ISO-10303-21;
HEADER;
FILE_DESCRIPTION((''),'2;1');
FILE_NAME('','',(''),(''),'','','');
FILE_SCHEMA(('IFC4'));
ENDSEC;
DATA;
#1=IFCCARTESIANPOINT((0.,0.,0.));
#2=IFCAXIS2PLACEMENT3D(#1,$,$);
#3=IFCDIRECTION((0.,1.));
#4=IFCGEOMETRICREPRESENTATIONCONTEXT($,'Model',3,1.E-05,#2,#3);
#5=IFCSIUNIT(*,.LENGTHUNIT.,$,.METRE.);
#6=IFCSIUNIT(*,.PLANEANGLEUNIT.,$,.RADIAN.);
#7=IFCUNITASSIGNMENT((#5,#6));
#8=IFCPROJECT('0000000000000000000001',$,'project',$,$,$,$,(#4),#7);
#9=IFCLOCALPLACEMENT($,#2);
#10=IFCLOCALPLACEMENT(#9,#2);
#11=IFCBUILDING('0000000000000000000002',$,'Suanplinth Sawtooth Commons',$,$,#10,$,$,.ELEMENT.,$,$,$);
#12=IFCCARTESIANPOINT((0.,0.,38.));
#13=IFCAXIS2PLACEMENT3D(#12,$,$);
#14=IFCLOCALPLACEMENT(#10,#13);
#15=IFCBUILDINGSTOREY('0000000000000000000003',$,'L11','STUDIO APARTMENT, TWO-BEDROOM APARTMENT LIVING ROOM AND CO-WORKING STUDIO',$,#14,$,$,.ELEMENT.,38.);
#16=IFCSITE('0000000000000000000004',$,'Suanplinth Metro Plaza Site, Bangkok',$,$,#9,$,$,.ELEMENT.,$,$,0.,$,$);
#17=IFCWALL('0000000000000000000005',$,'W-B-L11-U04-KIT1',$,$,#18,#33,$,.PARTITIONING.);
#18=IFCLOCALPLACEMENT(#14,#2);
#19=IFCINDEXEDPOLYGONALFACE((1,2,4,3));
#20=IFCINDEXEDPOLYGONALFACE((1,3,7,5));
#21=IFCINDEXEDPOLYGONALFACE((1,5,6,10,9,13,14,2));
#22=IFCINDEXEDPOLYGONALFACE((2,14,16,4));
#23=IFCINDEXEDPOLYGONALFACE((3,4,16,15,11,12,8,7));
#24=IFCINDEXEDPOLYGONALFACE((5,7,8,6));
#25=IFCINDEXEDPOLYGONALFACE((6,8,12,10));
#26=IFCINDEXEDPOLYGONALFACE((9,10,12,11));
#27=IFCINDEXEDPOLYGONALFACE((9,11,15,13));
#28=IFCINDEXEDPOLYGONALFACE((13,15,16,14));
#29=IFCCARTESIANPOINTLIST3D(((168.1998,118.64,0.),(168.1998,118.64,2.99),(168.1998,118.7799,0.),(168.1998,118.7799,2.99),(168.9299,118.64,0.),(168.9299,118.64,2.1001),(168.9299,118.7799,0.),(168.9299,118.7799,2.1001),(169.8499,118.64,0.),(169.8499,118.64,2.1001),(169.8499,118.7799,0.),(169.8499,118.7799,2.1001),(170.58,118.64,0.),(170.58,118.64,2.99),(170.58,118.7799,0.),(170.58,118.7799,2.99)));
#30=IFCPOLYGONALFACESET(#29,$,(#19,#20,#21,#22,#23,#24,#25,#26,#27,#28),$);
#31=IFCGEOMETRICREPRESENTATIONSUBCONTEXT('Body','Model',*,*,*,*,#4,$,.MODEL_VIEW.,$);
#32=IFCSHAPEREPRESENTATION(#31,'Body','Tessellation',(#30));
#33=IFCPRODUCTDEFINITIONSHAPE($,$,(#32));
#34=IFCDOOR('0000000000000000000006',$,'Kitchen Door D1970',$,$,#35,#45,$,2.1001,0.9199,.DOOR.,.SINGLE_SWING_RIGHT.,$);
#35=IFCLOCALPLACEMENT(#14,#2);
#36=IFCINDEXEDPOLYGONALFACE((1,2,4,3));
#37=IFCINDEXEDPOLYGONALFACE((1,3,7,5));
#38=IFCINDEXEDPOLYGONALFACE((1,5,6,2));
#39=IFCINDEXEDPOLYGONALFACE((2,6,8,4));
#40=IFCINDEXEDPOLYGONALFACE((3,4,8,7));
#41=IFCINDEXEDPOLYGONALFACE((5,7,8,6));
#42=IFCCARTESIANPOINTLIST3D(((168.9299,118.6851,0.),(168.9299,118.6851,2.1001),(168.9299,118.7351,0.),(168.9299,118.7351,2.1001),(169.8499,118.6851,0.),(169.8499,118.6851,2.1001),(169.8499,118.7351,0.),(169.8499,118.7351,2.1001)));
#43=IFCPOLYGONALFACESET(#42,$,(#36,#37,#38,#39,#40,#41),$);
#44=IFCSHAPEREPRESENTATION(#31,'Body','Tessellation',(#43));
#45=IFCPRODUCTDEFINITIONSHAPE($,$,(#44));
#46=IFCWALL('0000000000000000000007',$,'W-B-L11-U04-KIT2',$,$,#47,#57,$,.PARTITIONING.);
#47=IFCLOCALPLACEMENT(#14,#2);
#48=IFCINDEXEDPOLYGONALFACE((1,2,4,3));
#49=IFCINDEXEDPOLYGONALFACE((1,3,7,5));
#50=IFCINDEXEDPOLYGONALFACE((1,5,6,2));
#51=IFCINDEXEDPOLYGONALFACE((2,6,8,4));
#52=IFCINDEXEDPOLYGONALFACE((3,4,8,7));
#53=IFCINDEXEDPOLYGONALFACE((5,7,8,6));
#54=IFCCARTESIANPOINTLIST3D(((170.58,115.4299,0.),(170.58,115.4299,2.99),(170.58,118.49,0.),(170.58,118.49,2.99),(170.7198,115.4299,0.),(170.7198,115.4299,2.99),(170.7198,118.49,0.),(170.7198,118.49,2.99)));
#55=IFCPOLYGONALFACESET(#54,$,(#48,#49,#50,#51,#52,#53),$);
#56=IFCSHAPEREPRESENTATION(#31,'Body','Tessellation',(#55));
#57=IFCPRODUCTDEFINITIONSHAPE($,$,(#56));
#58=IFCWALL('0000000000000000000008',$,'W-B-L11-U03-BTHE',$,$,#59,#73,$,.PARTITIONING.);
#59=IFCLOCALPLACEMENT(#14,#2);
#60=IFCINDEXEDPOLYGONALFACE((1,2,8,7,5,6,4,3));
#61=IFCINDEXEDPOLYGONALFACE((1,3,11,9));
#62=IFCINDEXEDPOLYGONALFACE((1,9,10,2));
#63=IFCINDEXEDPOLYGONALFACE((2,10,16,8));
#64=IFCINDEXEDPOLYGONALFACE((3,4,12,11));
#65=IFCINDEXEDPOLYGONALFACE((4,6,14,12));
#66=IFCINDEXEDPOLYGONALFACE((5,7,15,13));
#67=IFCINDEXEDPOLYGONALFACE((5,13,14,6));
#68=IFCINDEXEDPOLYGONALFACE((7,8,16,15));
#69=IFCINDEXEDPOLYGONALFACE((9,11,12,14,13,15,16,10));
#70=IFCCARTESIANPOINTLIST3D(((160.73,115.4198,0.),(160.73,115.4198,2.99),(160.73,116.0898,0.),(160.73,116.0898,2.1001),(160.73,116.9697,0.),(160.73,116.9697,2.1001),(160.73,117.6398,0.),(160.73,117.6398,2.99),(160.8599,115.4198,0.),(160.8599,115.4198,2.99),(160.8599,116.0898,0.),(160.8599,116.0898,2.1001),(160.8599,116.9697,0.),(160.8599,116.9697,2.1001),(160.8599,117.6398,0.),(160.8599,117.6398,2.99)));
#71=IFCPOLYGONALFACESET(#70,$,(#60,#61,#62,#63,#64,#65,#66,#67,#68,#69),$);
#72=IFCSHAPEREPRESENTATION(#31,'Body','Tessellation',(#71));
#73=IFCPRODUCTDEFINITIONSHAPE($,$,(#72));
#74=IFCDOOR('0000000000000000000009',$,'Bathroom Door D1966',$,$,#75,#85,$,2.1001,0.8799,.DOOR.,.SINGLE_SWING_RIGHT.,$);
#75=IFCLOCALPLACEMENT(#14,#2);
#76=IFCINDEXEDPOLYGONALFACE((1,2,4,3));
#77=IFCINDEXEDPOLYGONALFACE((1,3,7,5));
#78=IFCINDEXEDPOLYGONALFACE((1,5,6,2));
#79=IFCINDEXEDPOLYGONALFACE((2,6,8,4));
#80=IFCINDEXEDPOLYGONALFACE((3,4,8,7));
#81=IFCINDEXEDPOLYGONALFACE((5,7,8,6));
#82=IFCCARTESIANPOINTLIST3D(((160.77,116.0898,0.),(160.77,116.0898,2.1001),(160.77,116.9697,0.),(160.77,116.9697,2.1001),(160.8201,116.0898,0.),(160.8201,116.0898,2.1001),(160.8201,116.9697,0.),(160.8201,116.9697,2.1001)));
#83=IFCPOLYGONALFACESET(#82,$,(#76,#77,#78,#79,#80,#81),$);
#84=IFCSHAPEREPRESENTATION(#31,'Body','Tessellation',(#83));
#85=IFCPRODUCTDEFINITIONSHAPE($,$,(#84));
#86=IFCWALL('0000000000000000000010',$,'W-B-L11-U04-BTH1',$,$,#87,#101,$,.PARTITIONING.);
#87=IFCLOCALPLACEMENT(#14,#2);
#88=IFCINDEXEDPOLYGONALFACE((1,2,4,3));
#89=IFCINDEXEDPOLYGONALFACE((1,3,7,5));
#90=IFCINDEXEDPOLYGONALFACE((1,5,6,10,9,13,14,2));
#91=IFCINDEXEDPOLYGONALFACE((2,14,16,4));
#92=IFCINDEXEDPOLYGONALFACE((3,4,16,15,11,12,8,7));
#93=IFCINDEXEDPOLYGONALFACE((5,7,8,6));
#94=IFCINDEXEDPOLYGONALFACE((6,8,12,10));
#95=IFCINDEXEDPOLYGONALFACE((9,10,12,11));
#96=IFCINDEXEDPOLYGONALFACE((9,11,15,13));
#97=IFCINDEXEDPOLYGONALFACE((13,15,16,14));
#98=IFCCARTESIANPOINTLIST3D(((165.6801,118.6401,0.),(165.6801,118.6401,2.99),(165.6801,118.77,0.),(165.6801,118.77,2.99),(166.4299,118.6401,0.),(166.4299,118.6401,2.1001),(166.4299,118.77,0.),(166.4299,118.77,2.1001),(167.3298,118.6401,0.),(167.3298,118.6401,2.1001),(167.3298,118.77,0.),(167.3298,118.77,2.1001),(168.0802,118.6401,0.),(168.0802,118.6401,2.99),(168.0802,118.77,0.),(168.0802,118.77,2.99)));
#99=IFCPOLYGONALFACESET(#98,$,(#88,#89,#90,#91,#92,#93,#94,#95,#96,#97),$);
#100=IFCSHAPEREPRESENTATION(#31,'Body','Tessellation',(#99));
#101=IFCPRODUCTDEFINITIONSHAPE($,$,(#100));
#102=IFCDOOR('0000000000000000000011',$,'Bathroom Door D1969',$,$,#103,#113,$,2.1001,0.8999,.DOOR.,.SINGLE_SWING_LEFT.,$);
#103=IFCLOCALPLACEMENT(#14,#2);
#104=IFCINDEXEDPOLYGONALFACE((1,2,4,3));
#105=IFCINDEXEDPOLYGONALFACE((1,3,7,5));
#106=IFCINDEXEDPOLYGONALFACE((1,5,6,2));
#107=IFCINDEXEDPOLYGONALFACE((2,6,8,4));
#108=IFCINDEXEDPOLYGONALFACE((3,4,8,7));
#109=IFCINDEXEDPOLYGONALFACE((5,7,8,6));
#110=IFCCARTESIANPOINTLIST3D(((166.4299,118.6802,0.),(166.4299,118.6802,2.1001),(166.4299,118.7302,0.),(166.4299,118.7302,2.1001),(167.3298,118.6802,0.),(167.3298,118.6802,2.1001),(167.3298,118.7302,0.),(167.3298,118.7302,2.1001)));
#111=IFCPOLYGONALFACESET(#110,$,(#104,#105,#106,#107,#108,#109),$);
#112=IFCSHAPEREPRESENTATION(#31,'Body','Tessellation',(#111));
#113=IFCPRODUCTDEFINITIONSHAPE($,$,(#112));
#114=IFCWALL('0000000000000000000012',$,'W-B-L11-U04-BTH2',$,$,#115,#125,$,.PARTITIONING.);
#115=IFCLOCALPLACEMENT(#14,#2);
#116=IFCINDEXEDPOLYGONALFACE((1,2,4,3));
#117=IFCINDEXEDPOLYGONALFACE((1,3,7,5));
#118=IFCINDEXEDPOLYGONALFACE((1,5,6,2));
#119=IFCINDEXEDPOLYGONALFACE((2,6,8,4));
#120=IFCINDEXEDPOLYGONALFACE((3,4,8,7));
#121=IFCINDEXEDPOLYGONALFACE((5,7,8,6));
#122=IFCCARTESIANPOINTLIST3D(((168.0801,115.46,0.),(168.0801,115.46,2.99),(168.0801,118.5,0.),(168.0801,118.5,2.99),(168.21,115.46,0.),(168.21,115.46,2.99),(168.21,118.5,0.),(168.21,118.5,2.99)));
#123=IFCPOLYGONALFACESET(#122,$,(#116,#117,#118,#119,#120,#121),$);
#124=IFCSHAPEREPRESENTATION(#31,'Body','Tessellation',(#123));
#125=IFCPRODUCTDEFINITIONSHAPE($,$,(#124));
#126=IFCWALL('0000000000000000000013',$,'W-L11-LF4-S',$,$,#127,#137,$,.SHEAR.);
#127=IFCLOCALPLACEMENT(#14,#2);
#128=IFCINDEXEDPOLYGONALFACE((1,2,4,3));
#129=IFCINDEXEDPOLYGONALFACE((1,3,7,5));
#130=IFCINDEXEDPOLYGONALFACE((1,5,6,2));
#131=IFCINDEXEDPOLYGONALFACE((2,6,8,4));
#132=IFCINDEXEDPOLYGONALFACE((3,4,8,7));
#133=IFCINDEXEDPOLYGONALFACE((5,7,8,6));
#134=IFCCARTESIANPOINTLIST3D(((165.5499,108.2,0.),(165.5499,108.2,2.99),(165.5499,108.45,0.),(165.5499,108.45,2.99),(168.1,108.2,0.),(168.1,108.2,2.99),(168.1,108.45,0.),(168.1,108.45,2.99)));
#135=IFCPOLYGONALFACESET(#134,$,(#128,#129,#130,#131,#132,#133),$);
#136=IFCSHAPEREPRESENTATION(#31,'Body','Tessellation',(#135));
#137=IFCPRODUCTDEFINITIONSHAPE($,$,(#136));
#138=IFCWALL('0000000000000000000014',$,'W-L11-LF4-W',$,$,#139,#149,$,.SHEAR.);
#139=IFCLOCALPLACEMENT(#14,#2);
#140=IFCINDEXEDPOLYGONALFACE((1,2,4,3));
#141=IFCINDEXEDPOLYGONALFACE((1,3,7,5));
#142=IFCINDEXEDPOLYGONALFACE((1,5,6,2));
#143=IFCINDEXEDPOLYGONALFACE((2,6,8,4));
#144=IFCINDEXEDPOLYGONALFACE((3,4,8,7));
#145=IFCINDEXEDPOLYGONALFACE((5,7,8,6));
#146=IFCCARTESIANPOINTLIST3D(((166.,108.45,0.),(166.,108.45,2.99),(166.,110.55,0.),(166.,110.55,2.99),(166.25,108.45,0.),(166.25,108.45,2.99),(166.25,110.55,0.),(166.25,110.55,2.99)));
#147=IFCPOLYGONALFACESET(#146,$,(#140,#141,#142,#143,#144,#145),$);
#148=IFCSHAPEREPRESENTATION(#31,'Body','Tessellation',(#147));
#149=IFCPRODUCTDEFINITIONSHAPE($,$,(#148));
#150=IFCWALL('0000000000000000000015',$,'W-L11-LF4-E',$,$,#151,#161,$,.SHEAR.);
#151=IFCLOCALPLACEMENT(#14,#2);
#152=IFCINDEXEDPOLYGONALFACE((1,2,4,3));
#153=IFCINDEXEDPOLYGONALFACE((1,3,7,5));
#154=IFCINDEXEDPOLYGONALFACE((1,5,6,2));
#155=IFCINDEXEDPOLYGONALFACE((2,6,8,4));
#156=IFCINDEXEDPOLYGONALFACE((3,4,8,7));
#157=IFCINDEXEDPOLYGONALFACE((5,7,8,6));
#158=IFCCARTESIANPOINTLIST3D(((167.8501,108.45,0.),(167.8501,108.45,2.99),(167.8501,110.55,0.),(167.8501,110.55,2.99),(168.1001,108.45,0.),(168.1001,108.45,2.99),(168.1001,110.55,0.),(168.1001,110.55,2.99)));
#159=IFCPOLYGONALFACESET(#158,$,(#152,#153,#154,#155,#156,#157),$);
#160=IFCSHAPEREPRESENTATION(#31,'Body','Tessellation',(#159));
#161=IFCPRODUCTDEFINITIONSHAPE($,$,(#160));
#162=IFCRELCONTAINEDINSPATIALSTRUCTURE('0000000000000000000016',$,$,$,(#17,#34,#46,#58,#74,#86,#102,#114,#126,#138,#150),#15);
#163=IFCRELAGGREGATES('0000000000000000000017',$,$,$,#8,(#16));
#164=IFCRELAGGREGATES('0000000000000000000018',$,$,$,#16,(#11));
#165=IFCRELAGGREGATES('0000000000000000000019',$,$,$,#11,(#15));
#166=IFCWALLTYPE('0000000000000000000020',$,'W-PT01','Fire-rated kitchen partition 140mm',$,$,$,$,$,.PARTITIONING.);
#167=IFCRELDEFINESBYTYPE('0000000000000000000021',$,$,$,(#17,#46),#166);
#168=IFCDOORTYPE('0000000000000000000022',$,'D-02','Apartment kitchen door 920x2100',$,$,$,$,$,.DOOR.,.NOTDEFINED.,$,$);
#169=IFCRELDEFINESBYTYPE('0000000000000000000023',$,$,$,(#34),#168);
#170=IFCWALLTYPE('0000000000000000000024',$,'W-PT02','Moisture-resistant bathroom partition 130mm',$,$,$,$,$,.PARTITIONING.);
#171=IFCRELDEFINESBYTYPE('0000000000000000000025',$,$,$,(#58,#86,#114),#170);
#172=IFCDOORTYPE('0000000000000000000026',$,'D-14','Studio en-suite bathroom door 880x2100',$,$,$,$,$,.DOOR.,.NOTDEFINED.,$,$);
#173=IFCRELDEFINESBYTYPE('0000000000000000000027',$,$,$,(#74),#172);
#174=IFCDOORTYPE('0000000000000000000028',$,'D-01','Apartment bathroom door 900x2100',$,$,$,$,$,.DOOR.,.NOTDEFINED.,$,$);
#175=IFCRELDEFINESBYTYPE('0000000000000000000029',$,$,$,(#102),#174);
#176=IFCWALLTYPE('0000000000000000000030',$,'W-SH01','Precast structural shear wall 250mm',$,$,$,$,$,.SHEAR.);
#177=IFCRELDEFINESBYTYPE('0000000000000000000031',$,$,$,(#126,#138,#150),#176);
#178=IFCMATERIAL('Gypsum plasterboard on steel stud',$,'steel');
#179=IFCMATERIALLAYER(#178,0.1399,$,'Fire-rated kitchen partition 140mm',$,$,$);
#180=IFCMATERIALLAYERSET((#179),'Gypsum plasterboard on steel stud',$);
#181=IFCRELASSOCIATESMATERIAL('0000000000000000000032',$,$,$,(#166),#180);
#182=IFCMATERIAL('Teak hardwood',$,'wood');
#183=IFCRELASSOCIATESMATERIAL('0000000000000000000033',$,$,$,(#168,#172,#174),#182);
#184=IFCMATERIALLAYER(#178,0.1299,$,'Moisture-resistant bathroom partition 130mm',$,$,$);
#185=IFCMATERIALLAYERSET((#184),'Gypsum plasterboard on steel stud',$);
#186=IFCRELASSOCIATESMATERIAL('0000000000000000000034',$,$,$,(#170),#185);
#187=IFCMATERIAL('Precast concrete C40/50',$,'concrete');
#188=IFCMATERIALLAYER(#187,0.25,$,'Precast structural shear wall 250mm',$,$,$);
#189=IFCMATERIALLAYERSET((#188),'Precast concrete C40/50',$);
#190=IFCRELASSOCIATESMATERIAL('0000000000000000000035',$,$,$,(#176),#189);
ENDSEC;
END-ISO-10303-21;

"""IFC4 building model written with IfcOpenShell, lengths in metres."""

from ifc_helpers import new_model, si_unit, direction, frame, frame_2d, origin, place, context, subcontext, project, spatial, rectangle, extrude, material, layer, layer_set, type_object, element, fill, save


model = new_model("IFC4")

# Units and contexts
model_context = context("Model", 3, precision=1e-05, world=origin(), true_north=direction((0.0, 1.0)))
body_context = subcontext(model_context, "Body", "Model", "MODEL_VIEW")
ifc_project = project(units=[si_unit("LENGTHUNIT", "METRE"), si_unit("PLANEANGLEUNIT", "RADIAN")], contexts=[model_context])

# Site, building, storey
site_placement = place(None, origin())
site = spatial("IfcSite", under=ifc_project, at=site_placement, Name="Suanplinth Metro Plaza Site, Bangkok", CompositionType="ELEMENT", RefElevation=0.0)
building_placement = place(site_placement, origin())
building = spatial("IfcBuilding", under=site, at=building_placement, Name="Suanplinth Sawtooth Commons", CompositionType="ELEMENT")
storey_placement = place(building_placement, frame((0.0, 0.0, 38.0)))
storey = spatial("IfcBuildingStorey", under=building, at=storey_placement, Name="L11", Description="STUDIO APARTMENT, TWO-BEDROOM APARTMENT LIVING ROOM AND CO-WORKING STUDIO", CompositionType="ELEMENT", Elevation=38.0)

# Shared definitions
ifc_material_1 = material(Name="Precast concrete C40/50", Category="concrete")

# Wall, opening, door
ifc_material_2 = material(Name="Gypsum plasterboard on steel stud", Category="steel")
ifc_layer_1 = layer(ifc_material_2, 0.1399, Name="Fire-rated kitchen partition 140mm")
ifc_layer_set_1 = layer_set([ifc_layer_1], Name="Gypsum plasterboard on steel stud")
wall_type_1 = type_object("IfcWallType", Name="W-PT01", Description="Fire-rated kitchen partition 140mm", PredefinedType="PARTITIONING", material=ifc_layer_set_1)
ifc_material_3 = material(Name="Teak hardwood", Category="wood")
door_type_1 = type_object("IfcDoorType", Name="D-02", Description="Apartment kitchen door 920x2100", OperationType="NOTDEFINED", PredefinedType="DOOR", material=ifc_material_3)
wall_1_placement = place(storey_placement, frame((168.2, 118.71, 0.0), z_axis=(0.0, 0.0, 1.0), x_axis=(1.0, 0.0, 0.0)))
wall_1 = element("IfcWall", 1, at=wall_1_placement, inside=storey, type_object=wall_type_1, Name="W-B-L11-U04-KIT1", PredefinedType="PARTITIONING", context=body_context, shape_type="SweptSolid", body=[
    extrude(rectangle(XDim=2.3801, YDim=0.1399, at=frame_2d((1.1899, 0.0))), origin(), (0.0, 0.0, 1.0), 2.99),
])
opening_1_placement = place(wall_1_placement, frame((0.73, 0.0, 0.0)))
opening_1 = element("IfcOpeningElement", 2, at=opening_1_placement, cuts=wall_1, PredefinedType="OPENING", context=body_context, shape_type="SweptSolid", body=[
    extrude(rectangle(XDim=0.9199, YDim=2.1001, at=frame_2d((0.46, 1.05))), frame((0.0, 0.085, 0.0), z_axis=(0.0, -1.0, 0.0), x_axis=(1.0, 0.0, 0.0)), (0.0, 0.0, 1.0), 0.1697),
])
door_1_placement = place(opening_1_placement, frame((0.9199, 0.0, 0.0), z_axis=(0.0, 0.0, 1.0), x_axis=(-1.0, 0.0, 0.0)))
door_1 = element("IfcDoor", 3, at=door_1_placement, inside=storey, type_object=door_type_1, Name="Kitchen Door D1970", OperationType="SINGLE_SWING_RIGHT", OverallHeight=2.1001, OverallWidth=0.9199, PredefinedType="DOOR", context=body_context, shape_type="SweptSolid", body=[
    extrude(rectangle(XDim=0.9199, YDim=2.1001, at=frame_2d((0.46, 1.05))), frame((0.0, 0.0249, 0.0), z_axis=(0.0, -1.0, 0.0), x_axis=(1.0, 0.0, 0.0)), (0.0, 0.0, 1.0), 0.05),
])
fill(opening_1, door_1)

# Wall
wall_2_placement = place(storey_placement, frame((170.6499, 115.4299, 0.0), z_axis=(0.0, 0.0, 1.0), x_axis=(0.0, 1.0, 0.0)))
element("IfcWall", 4, at=wall_2_placement, inside=storey, type_object=wall_type_1, Name="W-B-L11-U04-KIT2", PredefinedType="PARTITIONING", context=body_context, shape_type="SweptSolid", body=[
    extrude(rectangle(XDim=3.0601, YDim=0.1399, at=frame_2d((1.53, 0.0))), origin(), (0.0, 0.0, 1.0), 2.99),
])

# Walls, openings, doors
ifc_layer_2 = layer(ifc_material_2, 0.1299, Name="Moisture-resistant bathroom partition 130mm")
ifc_layer_set_2 = layer_set([ifc_layer_2], Name="Gypsum plasterboard on steel stud")
wall_type_2 = type_object("IfcWallType", Name="W-PT02", Description="Moisture-resistant bathroom partition 130mm", PredefinedType="PARTITIONING", material=ifc_layer_set_2)
wall_3_placement = place(storey_placement, frame((160.7949, 115.4199, 0.0), z_axis=(0.0, 0.0, 1.0), x_axis=(0.0, 1.0, 0.0)))
wall_3 = element("IfcWall", 5, at=wall_3_placement, inside=storey, type_object=wall_type_2, Name="W-B-L11-U03-BTHE", PredefinedType="PARTITIONING", context=body_context, shape_type="SweptSolid", body=[
    extrude(rectangle(XDim=2.22, YDim=0.1299, at=frame_2d((1.1099, 0.0))), origin(), (0.0, 0.0, 1.0), 2.99),
])
opening_2_placement = place(wall_3_placement, frame((0.6699, 0.0, 0.0)))
opening_2 = element("IfcOpeningElement", 6, at=opening_2_placement, cuts=wall_3, PredefinedType="OPENING", context=body_context, shape_type="SweptSolid", body=[
    extrude(rectangle(XDim=0.8799, YDim=2.1001, at=frame_2d((0.4399, 1.05))), frame((0.0, 0.0798, 0.0), z_axis=(0.0, -1.0, 0.0), x_axis=(1.0, 0.0, 0.0)), (0.0, 0.0, 1.0), 0.1597),
])
door_type_2 = type_object("IfcDoorType", Name="D-14", Description="Studio en-suite bathroom door 880x2100", OperationType="NOTDEFINED", PredefinedType="DOOR", material=ifc_material_3)
door_2_placement = place(opening_2_placement, origin())
door_2 = element("IfcDoor", 7, at=door_2_placement, inside=storey, type_object=door_type_2, Name="Bathroom Door D1966", OperationType="SINGLE_SWING_RIGHT", OverallHeight=2.1001, OverallWidth=0.8799, PredefinedType="DOOR", context=body_context, shape_type="SweptSolid", body=[
    extrude(rectangle(XDim=0.8799, YDim=2.1001, at=frame_2d((0.4399, 1.05))), frame((0.0, 0.0249, 0.0), z_axis=(0.0, -1.0, 0.0), x_axis=(1.0, 0.0, 0.0)), (0.0, 0.0, 1.0), 0.05),
])
fill(opening_2, door_2)
wall_4_placement = place(storey_placement, frame((165.6799, 118.7051, 0.0), z_axis=(0.0, 0.0, 1.0), x_axis=(1.0, 0.0, 0.0)))
wall_4 = element("IfcWall", 8, at=wall_4_placement, inside=storey, type_object=wall_type_2, Name="W-B-L11-U04-BTH1", PredefinedType="PARTITIONING", context=body_context, shape_type="SweptSolid", body=[
    extrude(rectangle(XDim=2.4001, YDim=0.1299, at=frame_2d((1.2002, 0.0))), origin(), (0.0, 0.0, 1.0), 2.99),
])
opening_3_placement = place(wall_4_placement, frame((0.75, 0.0, 0.0)))
opening_3 = element("IfcOpeningElement", 9, at=opening_3_placement, cuts=wall_4, PredefinedType="OPENING", context=body_context, shape_type="SweptSolid", body=[
    extrude(rectangle(XDim=0.8999, YDim=2.1001, at=frame_2d((0.45, 1.05))), frame((0.0, 0.0798, 0.0), z_axis=(0.0, -1.0, 0.0), x_axis=(1.0, 0.0, 0.0)), (0.0, 0.0, 1.0), 0.1597),
])
door_type_3 = type_object("IfcDoorType", Name="D-01", Description="Apartment bathroom door 900x2100", OperationType="NOTDEFINED", PredefinedType="DOOR", material=ifc_material_3)
door_3_placement = place(opening_3_placement, frame((0.8999, 0.0, 0.0), z_axis=(0.0, 0.0, 1.0), x_axis=(-1.0, 0.0, 0.0)))
door_3 = element("IfcDoor", 10, at=door_3_placement, inside=storey, type_object=door_type_3, Name="Bathroom Door D1969", OperationType="SINGLE_SWING_LEFT", OverallHeight=2.1001, OverallWidth=0.8999, PredefinedType="DOOR", context=body_context, shape_type="SweptSolid", body=[
    extrude(rectangle(XDim=0.8999, YDim=2.1001, at=frame_2d((0.45, 1.05))), frame((0.0, 0.0249, 0.0), z_axis=(0.0, -1.0, 0.0), x_axis=(1.0, 0.0, 0.0)), (0.0, 0.0, 1.0), 0.05),
])
fill(opening_3, door_3)

# Walls
wall_5_placement = place(storey_placement, frame((168.145, 115.46, 0.0), z_axis=(0.0, 0.0, 1.0), x_axis=(0.0, 1.0, 0.0)))
element("IfcWall", 11, at=wall_5_placement, inside=storey, type_object=wall_type_2, Name="W-B-L11-U04-BTH2", PredefinedType="PARTITIONING", context=body_context, shape_type="SweptSolid", body=[
    extrude(rectangle(XDim=3.04, YDim=0.1299, at=frame_2d((1.52, 0.0))), origin(), (0.0, 0.0, 1.0), 2.99),
])
ifc_layer_3 = layer(ifc_material_1, 0.25, Name="Precast structural shear wall 250mm")
ifc_layer_set_3 = layer_set([ifc_layer_3], Name="Precast concrete C40/50")
wall_type_3 = type_object("IfcWallType", Name="W-SH01", Description="Precast structural shear wall 250mm", PredefinedType="SHEAR", material=ifc_layer_set_3)
wall_6_placement = place(storey_placement, frame((165.55, 108.325, 0.0), z_axis=(0.0, 0.0, 1.0), x_axis=(1.0, 0.0, 0.0)))
element("IfcWall", 12, at=wall_6_placement, inside=storey, type_object=wall_type_3, Name="W-L11-LF4-S", PredefinedType="SHEAR", context=body_context, shape_type="SweptSolid", body=[
    extrude(rectangle(XDim=2.55, YDim=0.25, at=frame_2d((1.2749, 0.0))), origin(), (0.0, 0.0, 1.0), 2.99),
])

# Walls
for number, where, z_axis, x_axis, name in (
    (13, (166.125, 108.45, 0.0), (0.0, 0.0, 1.0), (0.0, 1.0, 0.0), "W-L11-LF4-W"),
    (14, (167.9751, 108.45, 0.0), (0.0, 0.0, 1.0), (0.0, 1.0, 0.0), "W-L11-LF4-E"),
):
    element("IfcWall", number, at=place(storey_placement, frame(where, z_axis=z_axis, x_axis=x_axis)), inside=storey, type_object=wall_type_3, Name=name, PredefinedType="SHEAR", context=body_context, shape_type="SweptSolid", body=[
        extrude(rectangle(XDim=2.1001, YDim=0.25, at=frame_2d((1.05, 0.0))), origin(), (0.0, 0.0, 1.0), 2.99),
    ])

save(model, "model.ifc")
